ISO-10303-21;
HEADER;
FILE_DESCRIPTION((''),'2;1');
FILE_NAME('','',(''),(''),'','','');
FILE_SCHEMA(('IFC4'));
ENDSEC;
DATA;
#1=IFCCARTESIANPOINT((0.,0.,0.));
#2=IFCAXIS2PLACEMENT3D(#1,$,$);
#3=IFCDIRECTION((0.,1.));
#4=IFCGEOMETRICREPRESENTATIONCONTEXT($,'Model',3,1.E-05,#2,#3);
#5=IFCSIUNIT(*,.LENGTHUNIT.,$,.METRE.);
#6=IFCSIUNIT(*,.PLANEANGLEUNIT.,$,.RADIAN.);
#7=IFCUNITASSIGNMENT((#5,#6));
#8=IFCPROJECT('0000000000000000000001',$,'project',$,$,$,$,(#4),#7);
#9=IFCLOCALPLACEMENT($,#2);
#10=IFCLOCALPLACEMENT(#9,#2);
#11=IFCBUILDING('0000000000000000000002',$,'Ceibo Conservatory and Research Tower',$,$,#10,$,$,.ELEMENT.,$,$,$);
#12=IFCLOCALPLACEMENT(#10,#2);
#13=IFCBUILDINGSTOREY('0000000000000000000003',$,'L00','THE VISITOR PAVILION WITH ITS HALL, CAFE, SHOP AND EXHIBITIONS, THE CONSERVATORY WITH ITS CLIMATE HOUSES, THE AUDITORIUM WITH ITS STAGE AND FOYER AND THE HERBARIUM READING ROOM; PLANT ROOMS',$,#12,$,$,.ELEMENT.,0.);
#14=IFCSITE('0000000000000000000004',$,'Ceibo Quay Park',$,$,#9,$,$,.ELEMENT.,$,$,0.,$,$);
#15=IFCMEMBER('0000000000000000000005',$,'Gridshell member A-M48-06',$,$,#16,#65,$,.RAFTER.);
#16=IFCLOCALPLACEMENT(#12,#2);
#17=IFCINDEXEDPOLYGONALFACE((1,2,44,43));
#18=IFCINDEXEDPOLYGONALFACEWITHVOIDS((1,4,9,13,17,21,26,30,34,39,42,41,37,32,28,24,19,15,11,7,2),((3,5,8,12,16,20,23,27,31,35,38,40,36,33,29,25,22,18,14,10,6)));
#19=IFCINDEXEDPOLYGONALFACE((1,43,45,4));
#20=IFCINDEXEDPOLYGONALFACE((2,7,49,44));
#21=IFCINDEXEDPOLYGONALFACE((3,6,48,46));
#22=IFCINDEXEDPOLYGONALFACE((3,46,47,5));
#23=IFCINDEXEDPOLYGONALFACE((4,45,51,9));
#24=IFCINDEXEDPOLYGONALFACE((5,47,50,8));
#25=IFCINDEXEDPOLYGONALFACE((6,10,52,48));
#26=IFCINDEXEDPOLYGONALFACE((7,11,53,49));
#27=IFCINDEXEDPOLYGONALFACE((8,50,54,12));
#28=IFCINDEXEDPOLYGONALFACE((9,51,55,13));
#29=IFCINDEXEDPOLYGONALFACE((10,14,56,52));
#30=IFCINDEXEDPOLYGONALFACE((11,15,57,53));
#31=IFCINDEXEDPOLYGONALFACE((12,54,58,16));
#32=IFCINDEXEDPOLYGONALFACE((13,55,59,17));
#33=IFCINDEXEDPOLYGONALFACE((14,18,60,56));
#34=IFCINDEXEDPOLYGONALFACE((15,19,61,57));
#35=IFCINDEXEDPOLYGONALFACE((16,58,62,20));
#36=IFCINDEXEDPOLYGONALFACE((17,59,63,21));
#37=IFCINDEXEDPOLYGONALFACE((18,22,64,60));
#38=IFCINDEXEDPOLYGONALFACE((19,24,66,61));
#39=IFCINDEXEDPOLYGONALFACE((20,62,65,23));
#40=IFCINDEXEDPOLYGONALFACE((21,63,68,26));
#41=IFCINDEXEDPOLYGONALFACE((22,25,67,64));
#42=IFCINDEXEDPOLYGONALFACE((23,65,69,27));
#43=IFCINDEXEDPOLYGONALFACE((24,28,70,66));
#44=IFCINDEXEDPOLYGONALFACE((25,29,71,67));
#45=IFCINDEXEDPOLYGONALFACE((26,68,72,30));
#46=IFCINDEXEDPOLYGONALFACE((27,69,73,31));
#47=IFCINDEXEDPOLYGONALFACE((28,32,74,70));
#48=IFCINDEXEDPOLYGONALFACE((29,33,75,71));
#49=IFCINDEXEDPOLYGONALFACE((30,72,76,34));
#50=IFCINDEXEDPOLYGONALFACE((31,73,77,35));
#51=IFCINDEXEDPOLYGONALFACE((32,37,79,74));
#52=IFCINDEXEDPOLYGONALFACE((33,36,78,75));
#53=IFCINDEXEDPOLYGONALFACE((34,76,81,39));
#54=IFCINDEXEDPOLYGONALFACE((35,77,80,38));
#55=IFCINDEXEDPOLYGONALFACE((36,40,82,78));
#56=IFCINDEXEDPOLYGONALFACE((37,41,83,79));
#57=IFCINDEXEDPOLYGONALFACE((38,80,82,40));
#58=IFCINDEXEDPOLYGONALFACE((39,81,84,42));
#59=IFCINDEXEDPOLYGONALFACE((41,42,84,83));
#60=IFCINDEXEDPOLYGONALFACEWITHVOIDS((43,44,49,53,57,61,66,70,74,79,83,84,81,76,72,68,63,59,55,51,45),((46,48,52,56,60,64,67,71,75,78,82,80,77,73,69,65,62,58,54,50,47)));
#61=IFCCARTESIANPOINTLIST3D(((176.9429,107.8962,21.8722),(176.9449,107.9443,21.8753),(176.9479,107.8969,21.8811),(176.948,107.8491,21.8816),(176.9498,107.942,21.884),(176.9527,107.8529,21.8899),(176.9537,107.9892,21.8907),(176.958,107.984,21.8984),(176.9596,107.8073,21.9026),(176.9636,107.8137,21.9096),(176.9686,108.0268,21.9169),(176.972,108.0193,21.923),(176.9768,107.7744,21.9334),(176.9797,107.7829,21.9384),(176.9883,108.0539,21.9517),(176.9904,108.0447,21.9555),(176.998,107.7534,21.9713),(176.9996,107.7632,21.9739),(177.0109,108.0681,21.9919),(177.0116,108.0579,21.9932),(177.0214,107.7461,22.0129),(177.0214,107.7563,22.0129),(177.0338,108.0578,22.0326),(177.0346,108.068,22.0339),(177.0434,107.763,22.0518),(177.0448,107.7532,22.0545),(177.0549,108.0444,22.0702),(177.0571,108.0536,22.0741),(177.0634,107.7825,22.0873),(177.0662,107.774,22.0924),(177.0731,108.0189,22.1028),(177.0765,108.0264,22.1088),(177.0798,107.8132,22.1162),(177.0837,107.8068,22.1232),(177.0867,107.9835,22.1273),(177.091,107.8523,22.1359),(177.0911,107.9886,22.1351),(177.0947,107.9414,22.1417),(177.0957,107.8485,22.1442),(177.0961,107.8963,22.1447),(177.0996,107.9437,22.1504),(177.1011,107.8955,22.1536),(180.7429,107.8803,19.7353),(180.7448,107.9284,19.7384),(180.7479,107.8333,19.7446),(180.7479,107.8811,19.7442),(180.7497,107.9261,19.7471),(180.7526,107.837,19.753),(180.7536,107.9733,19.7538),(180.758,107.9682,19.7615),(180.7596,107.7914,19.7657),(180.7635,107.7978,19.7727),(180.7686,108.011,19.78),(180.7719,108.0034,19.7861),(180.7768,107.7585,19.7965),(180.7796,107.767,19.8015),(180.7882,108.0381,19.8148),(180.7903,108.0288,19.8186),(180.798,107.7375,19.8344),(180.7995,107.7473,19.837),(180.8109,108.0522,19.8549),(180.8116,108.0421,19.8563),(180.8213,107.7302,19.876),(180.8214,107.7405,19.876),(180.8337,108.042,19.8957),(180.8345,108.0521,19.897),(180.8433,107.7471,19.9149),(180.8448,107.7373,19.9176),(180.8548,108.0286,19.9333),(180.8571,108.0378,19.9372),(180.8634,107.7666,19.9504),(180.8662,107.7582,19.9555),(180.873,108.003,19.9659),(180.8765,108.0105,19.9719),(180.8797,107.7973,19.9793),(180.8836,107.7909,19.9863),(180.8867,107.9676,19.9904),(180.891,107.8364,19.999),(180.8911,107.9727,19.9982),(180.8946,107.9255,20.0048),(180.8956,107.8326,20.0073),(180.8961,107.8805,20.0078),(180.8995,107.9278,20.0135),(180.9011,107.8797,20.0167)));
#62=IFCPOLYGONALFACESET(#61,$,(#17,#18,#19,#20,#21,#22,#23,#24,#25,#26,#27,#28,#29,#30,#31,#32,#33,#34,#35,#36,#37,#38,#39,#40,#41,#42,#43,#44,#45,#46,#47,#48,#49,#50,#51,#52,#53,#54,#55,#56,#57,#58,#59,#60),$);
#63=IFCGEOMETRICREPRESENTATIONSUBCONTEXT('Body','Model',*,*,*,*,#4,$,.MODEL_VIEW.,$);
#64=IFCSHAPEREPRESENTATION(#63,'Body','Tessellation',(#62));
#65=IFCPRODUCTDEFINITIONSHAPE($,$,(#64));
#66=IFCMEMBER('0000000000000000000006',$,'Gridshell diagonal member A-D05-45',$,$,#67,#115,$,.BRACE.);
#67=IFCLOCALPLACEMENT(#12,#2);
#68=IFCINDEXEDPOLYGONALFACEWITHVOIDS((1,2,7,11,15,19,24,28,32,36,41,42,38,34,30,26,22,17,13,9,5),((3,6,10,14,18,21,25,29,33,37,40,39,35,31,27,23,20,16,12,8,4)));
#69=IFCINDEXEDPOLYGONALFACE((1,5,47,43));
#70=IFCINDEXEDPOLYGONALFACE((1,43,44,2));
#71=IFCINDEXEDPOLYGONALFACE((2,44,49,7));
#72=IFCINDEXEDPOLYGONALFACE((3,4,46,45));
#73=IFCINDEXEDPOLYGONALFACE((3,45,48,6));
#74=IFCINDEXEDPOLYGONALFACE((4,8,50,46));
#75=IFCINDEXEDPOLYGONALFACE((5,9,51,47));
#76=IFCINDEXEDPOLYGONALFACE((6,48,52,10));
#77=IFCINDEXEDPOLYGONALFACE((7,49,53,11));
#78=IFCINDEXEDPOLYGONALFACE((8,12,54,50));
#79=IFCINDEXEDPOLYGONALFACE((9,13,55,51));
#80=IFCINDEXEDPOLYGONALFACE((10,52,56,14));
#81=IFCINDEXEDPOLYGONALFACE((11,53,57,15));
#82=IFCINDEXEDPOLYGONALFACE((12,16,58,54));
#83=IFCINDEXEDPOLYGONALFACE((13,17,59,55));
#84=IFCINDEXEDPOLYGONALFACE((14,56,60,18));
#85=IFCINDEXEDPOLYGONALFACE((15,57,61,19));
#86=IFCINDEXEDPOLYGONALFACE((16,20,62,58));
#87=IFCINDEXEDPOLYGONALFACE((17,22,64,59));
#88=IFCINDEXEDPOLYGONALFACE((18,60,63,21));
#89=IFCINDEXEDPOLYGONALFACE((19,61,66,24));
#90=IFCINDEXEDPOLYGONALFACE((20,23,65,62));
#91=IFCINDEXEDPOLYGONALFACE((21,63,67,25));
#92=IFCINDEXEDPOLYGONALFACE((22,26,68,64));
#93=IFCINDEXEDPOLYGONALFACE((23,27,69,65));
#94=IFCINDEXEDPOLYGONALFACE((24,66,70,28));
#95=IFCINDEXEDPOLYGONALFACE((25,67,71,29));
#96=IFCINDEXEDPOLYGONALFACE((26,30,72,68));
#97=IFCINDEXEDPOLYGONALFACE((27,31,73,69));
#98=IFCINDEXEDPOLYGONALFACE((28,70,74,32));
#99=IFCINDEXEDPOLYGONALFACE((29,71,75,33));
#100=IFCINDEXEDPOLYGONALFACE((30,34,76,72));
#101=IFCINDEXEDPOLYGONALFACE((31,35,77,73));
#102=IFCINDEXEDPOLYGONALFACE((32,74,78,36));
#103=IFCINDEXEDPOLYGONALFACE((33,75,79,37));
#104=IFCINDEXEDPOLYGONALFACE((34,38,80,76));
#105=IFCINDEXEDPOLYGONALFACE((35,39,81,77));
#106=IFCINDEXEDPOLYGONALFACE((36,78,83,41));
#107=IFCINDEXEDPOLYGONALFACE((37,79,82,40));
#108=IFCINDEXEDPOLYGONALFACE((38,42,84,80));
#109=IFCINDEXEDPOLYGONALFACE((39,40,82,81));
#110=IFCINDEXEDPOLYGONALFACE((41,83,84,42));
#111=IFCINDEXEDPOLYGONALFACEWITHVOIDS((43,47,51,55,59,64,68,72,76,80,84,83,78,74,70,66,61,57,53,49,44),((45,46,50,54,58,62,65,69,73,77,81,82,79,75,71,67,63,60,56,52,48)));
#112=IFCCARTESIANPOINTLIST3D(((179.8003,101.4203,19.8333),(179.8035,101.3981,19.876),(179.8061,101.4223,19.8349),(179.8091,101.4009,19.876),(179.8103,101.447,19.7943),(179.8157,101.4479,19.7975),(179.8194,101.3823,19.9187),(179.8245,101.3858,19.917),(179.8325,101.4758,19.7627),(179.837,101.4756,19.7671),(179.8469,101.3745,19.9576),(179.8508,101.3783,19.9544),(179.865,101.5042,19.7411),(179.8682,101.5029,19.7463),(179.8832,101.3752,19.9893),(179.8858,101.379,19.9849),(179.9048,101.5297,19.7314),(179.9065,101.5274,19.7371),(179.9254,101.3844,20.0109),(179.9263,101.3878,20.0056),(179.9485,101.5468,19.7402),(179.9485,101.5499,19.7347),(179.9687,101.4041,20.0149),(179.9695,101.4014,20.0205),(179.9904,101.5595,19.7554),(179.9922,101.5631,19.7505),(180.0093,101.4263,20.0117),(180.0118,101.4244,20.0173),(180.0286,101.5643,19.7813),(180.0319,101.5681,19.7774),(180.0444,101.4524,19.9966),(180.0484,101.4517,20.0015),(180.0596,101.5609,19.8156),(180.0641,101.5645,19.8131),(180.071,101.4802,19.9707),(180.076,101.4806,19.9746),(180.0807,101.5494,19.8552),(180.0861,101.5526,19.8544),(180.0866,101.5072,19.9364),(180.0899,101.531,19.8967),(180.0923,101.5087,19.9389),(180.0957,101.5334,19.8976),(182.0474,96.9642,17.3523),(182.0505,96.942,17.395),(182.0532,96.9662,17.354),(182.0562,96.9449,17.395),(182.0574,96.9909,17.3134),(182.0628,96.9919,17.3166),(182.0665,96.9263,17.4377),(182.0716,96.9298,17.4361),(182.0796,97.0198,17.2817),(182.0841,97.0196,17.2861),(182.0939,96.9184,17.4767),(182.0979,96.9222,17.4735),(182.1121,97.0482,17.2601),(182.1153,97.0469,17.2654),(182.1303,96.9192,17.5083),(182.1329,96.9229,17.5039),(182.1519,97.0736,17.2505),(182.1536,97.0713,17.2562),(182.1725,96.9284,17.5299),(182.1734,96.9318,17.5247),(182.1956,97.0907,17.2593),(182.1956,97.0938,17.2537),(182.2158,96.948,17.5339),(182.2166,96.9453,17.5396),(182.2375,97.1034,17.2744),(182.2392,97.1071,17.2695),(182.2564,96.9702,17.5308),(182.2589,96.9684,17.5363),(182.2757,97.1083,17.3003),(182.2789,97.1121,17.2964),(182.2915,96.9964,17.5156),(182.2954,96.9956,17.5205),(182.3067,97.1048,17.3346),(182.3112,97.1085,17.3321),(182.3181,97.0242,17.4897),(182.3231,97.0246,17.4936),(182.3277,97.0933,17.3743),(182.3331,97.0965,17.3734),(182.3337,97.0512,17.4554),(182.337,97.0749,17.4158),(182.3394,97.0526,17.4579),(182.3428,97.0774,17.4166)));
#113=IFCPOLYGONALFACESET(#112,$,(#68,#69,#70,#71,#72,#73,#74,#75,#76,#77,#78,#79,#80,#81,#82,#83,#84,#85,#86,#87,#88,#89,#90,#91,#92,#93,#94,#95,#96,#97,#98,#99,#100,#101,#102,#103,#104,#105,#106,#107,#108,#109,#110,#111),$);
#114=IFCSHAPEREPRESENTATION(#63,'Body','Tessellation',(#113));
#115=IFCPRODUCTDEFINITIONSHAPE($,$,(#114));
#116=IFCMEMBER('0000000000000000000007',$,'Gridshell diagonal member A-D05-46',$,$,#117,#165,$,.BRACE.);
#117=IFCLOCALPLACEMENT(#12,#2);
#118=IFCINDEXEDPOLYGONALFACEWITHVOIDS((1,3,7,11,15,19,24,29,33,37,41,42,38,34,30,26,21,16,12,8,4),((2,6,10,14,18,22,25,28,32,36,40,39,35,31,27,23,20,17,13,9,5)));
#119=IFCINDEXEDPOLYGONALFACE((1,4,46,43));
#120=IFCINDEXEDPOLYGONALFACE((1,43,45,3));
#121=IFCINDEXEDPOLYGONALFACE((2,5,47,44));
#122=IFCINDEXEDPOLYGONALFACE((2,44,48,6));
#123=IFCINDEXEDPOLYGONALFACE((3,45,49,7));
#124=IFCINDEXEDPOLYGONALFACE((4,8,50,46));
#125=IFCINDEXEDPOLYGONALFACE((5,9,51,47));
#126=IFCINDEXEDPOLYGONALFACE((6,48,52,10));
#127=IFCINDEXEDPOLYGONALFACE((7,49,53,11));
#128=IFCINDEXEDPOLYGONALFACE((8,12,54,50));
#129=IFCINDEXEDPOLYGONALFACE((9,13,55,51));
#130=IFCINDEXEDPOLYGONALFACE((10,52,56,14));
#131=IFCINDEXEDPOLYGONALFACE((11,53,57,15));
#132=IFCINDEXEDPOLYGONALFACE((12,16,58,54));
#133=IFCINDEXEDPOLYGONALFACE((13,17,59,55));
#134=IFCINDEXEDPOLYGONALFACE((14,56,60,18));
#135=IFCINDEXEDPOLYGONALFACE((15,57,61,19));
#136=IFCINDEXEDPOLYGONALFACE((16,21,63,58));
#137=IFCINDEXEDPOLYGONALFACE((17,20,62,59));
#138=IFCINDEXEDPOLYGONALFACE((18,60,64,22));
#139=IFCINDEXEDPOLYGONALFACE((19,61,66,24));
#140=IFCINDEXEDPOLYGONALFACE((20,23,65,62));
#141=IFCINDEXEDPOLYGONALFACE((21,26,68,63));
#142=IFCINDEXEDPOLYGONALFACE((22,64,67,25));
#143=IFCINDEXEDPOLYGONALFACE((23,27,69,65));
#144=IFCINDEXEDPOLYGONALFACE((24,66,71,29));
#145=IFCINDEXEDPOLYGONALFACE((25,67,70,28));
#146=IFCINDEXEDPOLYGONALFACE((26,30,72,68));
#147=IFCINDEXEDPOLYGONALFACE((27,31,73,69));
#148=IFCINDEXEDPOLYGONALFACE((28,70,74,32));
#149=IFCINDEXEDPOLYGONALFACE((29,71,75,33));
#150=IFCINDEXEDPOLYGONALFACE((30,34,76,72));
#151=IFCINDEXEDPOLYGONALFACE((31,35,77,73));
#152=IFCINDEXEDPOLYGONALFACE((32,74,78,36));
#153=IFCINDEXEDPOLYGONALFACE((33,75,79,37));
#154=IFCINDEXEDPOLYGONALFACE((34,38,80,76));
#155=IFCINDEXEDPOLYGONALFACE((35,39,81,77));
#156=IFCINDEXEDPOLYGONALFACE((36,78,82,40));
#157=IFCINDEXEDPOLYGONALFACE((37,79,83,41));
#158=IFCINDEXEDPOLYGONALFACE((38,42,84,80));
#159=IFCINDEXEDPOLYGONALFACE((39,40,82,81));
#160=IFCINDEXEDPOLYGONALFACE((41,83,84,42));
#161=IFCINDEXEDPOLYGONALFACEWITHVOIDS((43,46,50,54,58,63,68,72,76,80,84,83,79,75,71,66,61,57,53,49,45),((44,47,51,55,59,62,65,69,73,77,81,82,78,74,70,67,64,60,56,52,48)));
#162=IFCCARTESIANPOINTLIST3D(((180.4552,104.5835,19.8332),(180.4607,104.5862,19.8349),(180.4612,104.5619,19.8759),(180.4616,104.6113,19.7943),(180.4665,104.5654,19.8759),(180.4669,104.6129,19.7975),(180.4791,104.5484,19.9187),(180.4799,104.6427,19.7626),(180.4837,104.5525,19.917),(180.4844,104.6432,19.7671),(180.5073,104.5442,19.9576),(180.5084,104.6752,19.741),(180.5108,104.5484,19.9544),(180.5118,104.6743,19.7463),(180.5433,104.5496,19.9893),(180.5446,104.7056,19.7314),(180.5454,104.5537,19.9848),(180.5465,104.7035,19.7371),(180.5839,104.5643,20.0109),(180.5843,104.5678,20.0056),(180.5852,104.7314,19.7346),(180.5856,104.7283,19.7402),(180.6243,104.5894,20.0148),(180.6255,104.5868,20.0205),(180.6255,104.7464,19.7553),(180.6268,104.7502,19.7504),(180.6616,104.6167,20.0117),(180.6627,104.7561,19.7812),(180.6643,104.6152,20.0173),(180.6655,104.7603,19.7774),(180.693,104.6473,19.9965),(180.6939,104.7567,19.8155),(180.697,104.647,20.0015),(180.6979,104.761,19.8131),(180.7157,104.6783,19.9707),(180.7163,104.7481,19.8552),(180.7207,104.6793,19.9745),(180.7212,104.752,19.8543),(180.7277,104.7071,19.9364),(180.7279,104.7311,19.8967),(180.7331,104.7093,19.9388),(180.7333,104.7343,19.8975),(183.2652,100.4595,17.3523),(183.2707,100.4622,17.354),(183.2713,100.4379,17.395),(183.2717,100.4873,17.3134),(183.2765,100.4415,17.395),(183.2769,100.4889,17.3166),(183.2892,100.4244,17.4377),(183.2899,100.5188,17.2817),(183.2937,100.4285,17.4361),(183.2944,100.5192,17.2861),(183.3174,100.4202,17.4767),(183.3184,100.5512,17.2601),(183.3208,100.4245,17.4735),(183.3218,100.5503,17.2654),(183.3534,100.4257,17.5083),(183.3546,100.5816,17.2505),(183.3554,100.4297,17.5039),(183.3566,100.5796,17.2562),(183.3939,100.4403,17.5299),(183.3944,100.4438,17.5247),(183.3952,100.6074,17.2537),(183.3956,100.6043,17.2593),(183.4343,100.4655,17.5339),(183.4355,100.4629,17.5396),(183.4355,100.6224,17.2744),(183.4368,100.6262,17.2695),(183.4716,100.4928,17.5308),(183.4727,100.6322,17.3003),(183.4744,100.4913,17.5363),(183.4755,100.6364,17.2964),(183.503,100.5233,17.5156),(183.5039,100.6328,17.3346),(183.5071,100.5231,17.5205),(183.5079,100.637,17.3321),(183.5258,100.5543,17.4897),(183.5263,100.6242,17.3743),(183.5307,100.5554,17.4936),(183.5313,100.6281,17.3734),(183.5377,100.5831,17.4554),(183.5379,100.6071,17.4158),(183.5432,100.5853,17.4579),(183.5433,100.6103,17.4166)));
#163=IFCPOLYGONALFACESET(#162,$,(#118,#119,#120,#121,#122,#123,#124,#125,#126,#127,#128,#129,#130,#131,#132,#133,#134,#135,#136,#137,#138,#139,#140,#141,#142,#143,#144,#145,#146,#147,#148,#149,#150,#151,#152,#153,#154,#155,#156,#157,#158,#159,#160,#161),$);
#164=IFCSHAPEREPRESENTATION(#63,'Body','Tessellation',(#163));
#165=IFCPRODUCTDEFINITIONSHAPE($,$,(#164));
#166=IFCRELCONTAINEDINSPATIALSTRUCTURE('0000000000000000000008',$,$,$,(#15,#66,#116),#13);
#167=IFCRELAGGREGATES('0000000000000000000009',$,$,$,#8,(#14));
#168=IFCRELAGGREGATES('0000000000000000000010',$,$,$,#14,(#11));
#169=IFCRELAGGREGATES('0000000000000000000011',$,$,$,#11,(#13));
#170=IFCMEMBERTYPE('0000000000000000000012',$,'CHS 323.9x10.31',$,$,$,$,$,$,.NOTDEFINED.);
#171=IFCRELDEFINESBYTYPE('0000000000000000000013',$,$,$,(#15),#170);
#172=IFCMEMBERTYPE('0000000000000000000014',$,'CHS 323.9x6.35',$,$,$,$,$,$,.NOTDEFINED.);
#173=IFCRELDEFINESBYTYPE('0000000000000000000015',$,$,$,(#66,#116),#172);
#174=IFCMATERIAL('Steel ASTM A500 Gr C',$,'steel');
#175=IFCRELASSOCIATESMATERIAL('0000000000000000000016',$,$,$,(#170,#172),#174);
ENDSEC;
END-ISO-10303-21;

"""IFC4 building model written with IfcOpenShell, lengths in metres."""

from ifc_helpers import new_model, si_unit, direction, frame, origin, origin_2d, place, context, subcontext, project, spatial, hollow_circle, extrude, material, material_profile, profile_set, type_object, element, save


model = new_model("IFC4")

# Units and contexts
model_context = context("Model", 3, precision=1e-05, world=origin(), true_north=direction((0.0, 1.0)))
body_context = subcontext(model_context, "Body", "Model", "MODEL_VIEW")
ifc_project = project(units=[si_unit("LENGTHUNIT", "METRE"), si_unit("PLANEANGLEUNIT", "RADIAN")], contexts=[model_context])

# Site, building, storey
site_placement = place(None, origin())
site = spatial("IfcSite", under=ifc_project, at=site_placement, Name="Ceibo Quay Park", CompositionType="ELEMENT", RefElevation=0.0)
building_placement = place(site_placement, origin())
building = spatial("IfcBuilding", under=site, at=building_placement, Name="Ceibo Conservatory and Research Tower", CompositionType="ELEMENT")
storey_placement = place(building_placement, origin())
storey = spatial("IfcBuildingStorey", under=building, at=storey_placement, Name="L00", Description="THE VISITOR PAVILION WITH ITS HALL, CAFE, SHOP AND EXHIBITIONS, THE CONSERVATORY WITH ITS CLIMATE HOUSES, THE AUDITORIUM WITH ITS STAGE AND FOYER AND THE HERBARIUM READING ROOM; PLANT ROOMS", CompositionType="ELEMENT", Elevation=0.0)

# Members
ifc_material_1 = material(Name="Steel ASTM A500 Gr C", Category="steel")
ifc_material_profile_1 = material_profile(ifc_material_1, hollow_circle(Radius=0.1619, WallThickness=0.0103, at=origin_2d()), Name="CHS 323.9x10.31")
ifc_profile_set_1 = profile_set([ifc_material_profile_1], Name="Steel ASTM A500 Gr C")
member_type_1 = type_object("IfcMemberType", Name="CHS 323.9x10.31", PredefinedType="NOTDEFINED", material=ifc_profile_set_1)
member_1_placement = place(storey_placement, frame((180.822, 107.8921, 19.876), z_axis=(-0.871625, 0.00364, 0.49016), x_axis=(-0.004176, -0.999991, 0.0)))
element("IfcMember", 1, at=member_1_placement, inside=storey, type_object=member_type_1, Name="Gridshell member A-M48-06", PredefinedType="RAFTER", context=body_context, shape_type="SweptSolid", body=[
    extrude(hollow_circle(Radius=0.1619, WallThickness=0.0103, at=origin_2d()), origin(), (0.0, 0.0, 1.0), 4.3596),
])
ifc_material_profile_2 = material_profile(ifc_material_1, hollow_circle(Radius=0.1619, WallThickness=0.0063, at=origin_2d()), Name="CHS 323.9x6.35")
ifc_profile_set_2 = profile_set([ifc_material_profile_2], Name="Steel ASTM A500 Gr C")
member_type_2 = type_object("IfcMemberType", Name="CHS 323.9x6.35", PredefinedType="NOTDEFINED", material=ifc_profile_set_2)
member_2_placement = place(storey_placement, frame((182.1951, 97.0149, 17.395), z_axis=(-0.40319, 0.799546, 0.445156), x_axis=(-0.892896, -0.450264, 0.0)))
element("IfcMember", 2, at=member_2_placement, inside=storey, type_object=member_type_2, Name="Gridshell diagonal member A-D05-45", PredefinedType="BRACE", context=body_context, shape_type="SweptSolid", body=[
    extrude(hollow_circle(Radius=0.1619, WallThickness=0.0063, at=origin_2d()), origin(), (0.0, 0.0, 1.0), 5.5732),
])
member_3_placement = place(storey_placement, frame((183.405, 100.5291, 17.395), z_axis=(-0.504221, 0.739991, 0.445169), x_axis=(-0.826393, -0.563094, 0.0)))
element("IfcMember", 3, at=member_3_placement, inside=storey, type_object=member_type_2, Name="Gridshell diagonal member A-D05-46", PredefinedType="BRACE", context=body_context, shape_type="SweptSolid", body=[
    extrude(hollow_circle(Radius=0.1619, WallThickness=0.0063, at=origin_2d()), origin(), (0.0, 0.0, 1.0), 5.573),
])

save(model, "model.ifc")
